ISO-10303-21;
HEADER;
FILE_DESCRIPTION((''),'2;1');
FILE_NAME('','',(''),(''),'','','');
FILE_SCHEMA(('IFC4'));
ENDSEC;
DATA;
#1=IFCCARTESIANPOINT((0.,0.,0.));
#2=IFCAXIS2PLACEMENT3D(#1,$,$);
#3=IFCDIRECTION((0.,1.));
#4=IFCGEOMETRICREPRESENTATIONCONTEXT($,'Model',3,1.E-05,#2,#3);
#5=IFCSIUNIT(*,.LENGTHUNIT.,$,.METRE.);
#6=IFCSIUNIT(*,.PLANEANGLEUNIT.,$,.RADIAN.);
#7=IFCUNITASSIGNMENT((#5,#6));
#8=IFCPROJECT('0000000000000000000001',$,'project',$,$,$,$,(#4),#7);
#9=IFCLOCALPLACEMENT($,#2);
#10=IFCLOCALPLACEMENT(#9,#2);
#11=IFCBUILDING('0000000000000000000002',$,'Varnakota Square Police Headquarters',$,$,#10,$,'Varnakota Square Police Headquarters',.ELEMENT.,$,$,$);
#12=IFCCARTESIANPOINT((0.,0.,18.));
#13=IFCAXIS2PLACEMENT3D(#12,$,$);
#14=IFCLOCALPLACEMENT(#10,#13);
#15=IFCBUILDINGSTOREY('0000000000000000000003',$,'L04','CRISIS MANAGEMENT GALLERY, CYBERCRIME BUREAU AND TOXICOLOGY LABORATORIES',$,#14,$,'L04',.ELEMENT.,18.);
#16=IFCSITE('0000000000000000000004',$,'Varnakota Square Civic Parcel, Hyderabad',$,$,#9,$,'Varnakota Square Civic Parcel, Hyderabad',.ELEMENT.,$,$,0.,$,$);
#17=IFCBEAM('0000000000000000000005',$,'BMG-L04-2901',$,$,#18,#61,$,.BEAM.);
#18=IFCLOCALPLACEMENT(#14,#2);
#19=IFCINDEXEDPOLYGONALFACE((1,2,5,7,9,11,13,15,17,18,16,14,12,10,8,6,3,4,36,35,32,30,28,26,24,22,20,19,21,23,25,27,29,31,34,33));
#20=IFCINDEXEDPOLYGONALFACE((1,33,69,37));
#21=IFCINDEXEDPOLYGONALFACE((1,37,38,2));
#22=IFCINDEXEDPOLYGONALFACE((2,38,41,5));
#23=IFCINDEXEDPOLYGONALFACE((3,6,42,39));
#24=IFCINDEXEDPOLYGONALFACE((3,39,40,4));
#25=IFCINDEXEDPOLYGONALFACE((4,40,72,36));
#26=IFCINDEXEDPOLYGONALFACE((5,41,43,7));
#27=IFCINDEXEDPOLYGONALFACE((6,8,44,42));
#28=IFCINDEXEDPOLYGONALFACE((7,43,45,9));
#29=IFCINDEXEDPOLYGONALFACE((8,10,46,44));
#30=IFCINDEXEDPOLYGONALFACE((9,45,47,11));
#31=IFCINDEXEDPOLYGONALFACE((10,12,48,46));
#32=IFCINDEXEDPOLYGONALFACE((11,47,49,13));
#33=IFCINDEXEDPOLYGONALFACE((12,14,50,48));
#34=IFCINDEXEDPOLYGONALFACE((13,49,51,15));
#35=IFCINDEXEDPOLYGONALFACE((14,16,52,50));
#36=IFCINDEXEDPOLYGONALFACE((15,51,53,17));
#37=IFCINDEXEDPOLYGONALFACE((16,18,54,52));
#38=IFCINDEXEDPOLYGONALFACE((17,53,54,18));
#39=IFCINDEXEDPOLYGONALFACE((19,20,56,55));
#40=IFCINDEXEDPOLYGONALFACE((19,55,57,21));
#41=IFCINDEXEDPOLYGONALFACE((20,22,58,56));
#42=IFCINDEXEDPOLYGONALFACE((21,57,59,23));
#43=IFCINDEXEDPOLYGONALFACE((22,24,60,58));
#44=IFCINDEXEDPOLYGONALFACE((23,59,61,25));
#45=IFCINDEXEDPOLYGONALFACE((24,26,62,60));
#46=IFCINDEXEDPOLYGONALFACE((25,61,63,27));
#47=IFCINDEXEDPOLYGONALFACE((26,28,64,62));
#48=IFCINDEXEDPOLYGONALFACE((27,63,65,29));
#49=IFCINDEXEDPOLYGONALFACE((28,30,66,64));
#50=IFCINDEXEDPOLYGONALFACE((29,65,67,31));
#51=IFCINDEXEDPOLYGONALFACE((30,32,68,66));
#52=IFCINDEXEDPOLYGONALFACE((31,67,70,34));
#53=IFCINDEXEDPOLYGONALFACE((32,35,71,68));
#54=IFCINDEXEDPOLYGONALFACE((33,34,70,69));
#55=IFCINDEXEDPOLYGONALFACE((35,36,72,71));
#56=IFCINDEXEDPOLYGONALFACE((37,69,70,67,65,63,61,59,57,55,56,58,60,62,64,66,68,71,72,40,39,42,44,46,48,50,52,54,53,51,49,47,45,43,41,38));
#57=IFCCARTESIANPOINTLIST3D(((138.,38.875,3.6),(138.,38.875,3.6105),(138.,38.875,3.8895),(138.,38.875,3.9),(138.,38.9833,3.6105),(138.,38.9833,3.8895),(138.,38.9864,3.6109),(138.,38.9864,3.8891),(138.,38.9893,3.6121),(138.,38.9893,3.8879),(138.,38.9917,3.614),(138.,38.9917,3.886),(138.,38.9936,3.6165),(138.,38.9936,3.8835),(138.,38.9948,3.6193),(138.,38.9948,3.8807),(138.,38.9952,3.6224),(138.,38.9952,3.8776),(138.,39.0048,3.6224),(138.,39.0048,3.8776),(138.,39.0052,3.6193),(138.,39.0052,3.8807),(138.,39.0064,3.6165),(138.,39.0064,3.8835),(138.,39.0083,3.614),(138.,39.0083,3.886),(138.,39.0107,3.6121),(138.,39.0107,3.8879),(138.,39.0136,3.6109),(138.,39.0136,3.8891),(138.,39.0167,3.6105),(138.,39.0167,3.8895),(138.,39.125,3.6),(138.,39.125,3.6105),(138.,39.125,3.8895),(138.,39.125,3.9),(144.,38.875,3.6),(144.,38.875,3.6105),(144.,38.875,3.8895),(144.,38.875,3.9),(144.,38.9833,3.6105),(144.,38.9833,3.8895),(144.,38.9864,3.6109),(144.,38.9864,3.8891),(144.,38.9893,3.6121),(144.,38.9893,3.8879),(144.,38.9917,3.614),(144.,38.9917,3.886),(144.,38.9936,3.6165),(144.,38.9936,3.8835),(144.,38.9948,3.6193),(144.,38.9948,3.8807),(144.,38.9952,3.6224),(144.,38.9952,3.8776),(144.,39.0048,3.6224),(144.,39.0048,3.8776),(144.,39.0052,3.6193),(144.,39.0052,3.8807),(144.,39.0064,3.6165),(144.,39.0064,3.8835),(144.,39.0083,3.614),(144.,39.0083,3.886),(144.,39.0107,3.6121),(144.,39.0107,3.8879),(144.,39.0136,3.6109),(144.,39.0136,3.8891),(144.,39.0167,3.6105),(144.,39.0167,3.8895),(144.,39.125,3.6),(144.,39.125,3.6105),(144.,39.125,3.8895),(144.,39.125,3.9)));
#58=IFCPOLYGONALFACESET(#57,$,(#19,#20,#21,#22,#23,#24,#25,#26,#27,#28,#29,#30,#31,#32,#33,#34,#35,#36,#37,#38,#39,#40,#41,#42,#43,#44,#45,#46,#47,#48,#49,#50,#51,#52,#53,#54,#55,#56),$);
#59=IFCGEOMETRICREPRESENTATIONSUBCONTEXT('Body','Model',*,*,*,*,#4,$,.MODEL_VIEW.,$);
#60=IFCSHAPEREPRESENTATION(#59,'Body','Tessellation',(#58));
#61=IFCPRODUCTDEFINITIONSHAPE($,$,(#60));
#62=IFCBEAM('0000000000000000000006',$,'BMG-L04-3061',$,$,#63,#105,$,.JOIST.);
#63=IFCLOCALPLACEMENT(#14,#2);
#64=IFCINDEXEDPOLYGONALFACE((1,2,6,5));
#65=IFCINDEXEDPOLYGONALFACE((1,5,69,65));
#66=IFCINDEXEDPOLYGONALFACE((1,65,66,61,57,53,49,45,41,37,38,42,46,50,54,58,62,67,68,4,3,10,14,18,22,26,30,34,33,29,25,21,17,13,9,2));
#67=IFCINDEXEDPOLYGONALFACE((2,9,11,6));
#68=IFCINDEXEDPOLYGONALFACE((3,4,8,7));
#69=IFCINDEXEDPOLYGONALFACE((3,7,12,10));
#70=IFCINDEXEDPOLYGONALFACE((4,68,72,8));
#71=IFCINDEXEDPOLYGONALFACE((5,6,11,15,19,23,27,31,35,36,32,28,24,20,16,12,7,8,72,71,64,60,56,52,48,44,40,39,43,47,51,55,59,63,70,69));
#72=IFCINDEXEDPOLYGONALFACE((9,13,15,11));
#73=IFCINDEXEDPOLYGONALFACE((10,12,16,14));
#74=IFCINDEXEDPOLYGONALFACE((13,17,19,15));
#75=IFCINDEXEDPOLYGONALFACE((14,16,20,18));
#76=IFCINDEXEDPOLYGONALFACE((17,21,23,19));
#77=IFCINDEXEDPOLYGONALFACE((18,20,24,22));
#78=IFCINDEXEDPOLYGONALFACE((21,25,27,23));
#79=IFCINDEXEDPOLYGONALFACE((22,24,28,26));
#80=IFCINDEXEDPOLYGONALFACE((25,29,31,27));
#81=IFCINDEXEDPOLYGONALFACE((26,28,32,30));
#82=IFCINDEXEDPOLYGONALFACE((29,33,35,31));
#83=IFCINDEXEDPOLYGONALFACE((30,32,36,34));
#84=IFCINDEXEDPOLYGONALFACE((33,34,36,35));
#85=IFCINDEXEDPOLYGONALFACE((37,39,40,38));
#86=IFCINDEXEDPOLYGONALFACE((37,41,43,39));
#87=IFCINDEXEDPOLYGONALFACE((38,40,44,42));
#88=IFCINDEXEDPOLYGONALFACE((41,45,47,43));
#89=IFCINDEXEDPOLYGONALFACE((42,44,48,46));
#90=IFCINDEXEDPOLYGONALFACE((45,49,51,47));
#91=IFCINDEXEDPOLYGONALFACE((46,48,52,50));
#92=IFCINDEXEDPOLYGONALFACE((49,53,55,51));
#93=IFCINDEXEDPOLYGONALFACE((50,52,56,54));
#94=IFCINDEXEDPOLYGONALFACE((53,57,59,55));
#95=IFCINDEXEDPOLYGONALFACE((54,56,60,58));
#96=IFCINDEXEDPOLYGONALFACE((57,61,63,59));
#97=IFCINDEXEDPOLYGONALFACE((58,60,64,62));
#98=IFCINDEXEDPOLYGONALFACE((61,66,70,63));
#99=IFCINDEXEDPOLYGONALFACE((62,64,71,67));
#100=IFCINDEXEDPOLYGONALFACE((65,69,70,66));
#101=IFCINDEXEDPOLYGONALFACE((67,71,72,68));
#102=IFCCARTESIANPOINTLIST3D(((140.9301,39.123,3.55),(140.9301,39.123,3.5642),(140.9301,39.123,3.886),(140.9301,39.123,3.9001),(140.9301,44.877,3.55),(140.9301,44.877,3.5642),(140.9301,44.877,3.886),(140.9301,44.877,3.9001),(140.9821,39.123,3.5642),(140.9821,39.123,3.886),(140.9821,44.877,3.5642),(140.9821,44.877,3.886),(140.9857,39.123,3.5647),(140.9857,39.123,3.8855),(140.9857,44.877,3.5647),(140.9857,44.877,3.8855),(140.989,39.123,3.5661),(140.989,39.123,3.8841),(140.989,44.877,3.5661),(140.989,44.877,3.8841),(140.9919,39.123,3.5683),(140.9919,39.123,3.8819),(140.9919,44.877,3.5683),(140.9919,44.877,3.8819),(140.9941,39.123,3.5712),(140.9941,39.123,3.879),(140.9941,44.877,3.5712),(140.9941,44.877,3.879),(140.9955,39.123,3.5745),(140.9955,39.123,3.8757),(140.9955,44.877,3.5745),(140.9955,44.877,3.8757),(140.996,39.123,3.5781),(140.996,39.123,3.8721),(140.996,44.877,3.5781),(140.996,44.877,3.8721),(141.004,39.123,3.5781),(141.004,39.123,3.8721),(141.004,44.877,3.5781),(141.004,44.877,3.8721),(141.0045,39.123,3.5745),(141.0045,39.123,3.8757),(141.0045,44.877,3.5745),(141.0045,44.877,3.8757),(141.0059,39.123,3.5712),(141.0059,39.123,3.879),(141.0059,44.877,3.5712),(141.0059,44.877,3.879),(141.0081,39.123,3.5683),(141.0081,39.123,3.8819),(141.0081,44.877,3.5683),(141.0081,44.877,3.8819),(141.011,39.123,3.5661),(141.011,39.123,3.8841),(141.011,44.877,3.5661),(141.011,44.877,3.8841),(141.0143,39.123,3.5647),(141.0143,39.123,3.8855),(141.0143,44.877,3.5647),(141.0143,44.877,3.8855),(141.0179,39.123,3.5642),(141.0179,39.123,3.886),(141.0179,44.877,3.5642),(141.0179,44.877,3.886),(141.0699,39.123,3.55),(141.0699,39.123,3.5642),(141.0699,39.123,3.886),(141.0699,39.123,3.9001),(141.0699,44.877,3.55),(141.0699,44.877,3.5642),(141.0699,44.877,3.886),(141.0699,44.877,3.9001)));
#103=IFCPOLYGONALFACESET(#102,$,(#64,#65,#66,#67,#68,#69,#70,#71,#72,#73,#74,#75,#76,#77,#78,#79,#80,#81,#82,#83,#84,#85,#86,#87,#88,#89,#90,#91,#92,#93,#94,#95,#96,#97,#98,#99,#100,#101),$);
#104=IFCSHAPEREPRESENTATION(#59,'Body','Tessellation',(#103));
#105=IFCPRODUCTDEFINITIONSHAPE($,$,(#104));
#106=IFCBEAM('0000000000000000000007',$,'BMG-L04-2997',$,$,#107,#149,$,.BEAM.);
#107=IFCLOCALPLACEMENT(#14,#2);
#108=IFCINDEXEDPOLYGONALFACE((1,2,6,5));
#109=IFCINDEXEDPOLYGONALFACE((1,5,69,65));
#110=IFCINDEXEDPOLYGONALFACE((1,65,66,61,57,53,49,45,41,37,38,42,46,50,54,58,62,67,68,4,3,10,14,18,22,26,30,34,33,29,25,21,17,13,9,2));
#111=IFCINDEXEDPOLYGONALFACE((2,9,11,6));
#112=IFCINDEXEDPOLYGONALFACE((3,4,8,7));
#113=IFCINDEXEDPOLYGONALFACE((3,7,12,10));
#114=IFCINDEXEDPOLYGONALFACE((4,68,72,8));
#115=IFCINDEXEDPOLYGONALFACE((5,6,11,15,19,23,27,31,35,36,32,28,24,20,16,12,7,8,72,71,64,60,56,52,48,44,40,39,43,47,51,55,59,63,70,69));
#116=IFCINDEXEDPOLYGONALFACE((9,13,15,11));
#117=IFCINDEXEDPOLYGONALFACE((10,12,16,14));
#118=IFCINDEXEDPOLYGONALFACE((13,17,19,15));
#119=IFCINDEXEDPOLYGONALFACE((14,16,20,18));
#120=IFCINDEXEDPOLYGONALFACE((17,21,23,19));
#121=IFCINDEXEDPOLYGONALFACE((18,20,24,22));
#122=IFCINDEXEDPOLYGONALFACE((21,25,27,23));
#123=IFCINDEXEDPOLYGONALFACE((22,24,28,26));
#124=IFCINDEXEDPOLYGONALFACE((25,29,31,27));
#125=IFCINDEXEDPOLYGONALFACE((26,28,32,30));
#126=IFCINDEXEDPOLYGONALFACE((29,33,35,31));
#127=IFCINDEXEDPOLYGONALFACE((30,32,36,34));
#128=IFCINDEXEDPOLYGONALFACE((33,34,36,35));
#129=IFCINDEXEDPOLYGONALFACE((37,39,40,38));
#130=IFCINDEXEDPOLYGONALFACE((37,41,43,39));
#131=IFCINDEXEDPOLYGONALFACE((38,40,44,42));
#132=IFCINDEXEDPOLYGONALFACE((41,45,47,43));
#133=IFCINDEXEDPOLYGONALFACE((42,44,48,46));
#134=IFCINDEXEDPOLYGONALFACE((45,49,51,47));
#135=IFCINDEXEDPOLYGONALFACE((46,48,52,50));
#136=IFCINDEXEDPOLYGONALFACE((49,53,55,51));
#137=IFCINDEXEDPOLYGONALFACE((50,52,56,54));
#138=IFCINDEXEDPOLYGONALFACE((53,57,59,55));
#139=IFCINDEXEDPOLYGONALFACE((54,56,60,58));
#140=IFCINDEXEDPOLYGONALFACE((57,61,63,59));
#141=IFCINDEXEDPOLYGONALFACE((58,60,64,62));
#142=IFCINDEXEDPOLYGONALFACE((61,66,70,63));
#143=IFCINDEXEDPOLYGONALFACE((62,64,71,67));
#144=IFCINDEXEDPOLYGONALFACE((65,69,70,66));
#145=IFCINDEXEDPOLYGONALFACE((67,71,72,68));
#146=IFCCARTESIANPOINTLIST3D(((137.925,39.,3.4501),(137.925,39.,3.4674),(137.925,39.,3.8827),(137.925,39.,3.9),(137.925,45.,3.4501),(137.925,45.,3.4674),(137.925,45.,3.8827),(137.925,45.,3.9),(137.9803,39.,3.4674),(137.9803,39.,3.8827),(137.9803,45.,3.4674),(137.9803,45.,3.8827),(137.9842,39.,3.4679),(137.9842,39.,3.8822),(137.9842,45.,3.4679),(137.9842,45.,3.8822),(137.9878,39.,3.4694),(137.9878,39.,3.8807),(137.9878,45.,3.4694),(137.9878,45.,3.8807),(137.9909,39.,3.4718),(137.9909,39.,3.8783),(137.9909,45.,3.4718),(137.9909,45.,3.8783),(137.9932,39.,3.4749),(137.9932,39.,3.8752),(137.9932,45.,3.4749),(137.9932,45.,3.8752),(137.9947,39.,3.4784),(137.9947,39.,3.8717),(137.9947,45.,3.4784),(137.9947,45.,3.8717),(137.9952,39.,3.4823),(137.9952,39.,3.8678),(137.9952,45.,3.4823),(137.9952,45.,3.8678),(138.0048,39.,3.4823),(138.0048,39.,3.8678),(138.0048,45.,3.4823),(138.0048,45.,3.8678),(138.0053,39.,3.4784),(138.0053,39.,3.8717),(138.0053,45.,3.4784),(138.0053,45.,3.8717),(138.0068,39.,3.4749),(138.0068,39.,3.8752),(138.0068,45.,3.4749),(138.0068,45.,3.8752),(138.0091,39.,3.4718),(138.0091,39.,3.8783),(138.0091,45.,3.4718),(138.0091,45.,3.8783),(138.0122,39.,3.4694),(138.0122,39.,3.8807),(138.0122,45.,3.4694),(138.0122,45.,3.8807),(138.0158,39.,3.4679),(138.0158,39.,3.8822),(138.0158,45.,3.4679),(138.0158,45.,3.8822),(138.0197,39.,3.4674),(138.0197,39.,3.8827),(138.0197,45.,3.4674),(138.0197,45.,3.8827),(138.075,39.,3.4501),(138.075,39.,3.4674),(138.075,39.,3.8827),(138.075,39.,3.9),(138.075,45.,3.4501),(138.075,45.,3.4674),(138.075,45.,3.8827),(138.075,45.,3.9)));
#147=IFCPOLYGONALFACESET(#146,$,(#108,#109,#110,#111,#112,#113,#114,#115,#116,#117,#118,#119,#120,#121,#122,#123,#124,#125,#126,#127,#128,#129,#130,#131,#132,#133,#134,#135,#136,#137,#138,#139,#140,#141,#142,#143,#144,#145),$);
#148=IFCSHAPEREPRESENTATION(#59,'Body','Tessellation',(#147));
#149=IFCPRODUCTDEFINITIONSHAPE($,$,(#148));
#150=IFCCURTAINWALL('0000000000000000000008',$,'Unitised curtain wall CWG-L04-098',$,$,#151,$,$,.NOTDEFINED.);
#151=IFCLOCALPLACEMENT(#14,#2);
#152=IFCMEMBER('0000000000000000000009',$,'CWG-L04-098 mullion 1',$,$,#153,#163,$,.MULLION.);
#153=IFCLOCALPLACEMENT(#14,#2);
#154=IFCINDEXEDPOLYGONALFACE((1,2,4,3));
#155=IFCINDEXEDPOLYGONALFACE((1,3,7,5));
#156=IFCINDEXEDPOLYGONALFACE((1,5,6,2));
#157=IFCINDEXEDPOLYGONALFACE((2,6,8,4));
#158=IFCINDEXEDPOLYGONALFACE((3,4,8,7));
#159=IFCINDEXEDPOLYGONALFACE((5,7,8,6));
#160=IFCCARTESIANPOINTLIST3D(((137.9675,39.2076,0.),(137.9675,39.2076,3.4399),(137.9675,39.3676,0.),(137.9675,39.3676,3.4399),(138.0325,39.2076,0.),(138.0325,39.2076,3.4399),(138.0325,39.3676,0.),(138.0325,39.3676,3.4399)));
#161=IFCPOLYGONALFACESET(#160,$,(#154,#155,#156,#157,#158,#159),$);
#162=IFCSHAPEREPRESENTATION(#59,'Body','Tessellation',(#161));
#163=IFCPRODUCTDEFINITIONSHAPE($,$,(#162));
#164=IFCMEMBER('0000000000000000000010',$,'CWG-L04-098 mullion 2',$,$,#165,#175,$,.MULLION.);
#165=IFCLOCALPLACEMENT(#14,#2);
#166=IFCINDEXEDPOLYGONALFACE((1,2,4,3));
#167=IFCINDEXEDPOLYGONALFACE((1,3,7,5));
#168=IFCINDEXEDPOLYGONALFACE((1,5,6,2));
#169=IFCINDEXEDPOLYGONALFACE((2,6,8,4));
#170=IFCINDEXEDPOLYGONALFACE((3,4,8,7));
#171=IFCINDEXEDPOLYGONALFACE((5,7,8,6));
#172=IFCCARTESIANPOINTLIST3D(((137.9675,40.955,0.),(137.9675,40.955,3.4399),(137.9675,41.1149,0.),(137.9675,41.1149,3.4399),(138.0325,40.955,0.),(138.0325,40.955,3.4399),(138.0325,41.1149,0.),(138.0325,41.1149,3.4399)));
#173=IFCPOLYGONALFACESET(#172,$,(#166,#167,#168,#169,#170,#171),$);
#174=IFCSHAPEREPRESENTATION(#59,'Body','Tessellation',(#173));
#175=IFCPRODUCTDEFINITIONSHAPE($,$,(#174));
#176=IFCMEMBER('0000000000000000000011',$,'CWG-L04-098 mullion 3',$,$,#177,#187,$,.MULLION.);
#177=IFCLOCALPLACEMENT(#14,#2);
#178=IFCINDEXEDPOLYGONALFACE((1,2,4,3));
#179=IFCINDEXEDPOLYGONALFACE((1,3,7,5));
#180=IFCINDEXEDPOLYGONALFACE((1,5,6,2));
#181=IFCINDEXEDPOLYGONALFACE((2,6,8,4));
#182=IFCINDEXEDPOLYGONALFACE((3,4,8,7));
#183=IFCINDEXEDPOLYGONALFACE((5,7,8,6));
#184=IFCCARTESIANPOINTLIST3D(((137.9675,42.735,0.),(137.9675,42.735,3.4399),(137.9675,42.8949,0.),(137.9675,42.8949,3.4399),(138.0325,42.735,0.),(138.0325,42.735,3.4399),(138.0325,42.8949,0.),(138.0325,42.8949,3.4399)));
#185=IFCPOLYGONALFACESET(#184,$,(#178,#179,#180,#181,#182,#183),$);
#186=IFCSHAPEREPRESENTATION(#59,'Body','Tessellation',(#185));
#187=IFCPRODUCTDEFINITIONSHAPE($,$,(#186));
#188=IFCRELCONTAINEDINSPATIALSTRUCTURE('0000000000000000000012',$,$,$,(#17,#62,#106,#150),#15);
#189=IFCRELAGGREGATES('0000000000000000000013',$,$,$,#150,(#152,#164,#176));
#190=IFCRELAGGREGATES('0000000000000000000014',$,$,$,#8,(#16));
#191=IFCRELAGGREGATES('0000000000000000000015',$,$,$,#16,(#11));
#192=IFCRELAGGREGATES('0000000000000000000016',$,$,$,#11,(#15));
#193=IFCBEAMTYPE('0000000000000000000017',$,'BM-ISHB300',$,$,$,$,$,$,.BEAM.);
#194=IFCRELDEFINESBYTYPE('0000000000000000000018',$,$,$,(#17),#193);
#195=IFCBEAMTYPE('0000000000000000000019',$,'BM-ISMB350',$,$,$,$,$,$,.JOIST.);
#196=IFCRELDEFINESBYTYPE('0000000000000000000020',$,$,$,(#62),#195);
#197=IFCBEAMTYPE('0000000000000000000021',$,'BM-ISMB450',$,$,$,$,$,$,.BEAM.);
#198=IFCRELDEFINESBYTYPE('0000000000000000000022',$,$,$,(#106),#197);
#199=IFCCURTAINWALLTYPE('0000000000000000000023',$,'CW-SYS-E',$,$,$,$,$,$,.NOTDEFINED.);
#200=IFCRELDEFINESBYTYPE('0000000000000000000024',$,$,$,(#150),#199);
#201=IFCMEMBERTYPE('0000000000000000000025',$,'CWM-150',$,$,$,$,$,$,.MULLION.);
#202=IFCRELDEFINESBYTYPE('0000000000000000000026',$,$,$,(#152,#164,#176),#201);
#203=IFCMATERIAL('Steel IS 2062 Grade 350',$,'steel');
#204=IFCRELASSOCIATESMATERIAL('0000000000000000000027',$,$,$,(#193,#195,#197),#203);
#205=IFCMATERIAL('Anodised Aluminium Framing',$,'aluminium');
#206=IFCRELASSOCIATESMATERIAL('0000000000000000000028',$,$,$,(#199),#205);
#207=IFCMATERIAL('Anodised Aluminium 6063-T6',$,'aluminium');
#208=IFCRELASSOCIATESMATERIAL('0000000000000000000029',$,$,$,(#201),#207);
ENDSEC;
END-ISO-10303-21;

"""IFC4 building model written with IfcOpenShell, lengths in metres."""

from ifc_helpers import new_model, si_unit, direction, frame, origin, origin_2d, place, context, subcontext, project, spatial, rectangle, i_section, extrude, material, material_profile, profile_set, type_object, element, aggregate, save


model = new_model("IFC4")

# Units and contexts
model_context = context("Model", 3, precision=1e-05, world=origin(), true_north=direction((0.0, 1.0)))
body_context = subcontext(model_context, "Body", "Model", "MODEL_VIEW")
ifc_project = project(units=[si_unit("LENGTHUNIT", "METRE"), si_unit("PLANEANGLEUNIT", "RADIAN")], contexts=[model_context])

# Site, building, storey
site_placement = place(None, origin())
site = spatial("IfcSite", under=ifc_project, at=site_placement, Name="Varnakota Square Civic Parcel, Hyderabad", LongName="Varnakota Square Civic Parcel, Hyderabad", CompositionType="ELEMENT", RefElevation=0.0)
building_placement = place(site_placement, origin())
building = spatial("IfcBuilding", under=site, at=building_placement, Name="Varnakota Square Police Headquarters", LongName="Varnakota Square Police Headquarters", CompositionType="ELEMENT")
storey_placement = place(building_placement, frame((0.0, 0.0, 18.0)))
storey = spatial("IfcBuildingStorey", under=building, at=storey_placement, Name="L04", Description="CRISIS MANAGEMENT GALLERY, CYBERCRIME BUREAU AND TOXICOLOGY LABORATORIES", LongName="L04", CompositionType="ELEMENT", Elevation=18.0)

# Shared definitions
ifc_material_1 = material(Name="Steel IS 2062 Grade 350", Category="steel")

# Beams
ifc_material_profile_1 = material_profile(ifc_material_1, i_section(OverallWidth=0.25, OverallDepth=0.3, WebThickness=0.0095, FlangeThickness=0.0105, FilletRadius=0.012, at=origin_2d()), Name="ISHB 300")
ifc_profile_set_1 = profile_set([ifc_material_profile_1], Name="Steel IS 2062 Grade 350")
beam_type_1 = type_object("IfcBeamType", Name="BM-ISHB300", PredefinedType="BEAM", material=ifc_profile_set_1)
beam_1_placement = place(storey_placement, frame((138.0, 39.0, 3.75), z_axis=(1.0, 0.0, 0.0), x_axis=(0.0, 1.0, 0.0)))
element("IfcBeam", 1, at=beam_1_placement, inside=storey, type_object=beam_type_1, Name="BMG-L04-2901", PredefinedType="BEAM", context=body_context, shape_type="SweptSolid", body=[
    extrude(i_section(OverallWidth=0.25, OverallDepth=0.3, WebThickness=0.0095, FlangeThickness=0.0105, FilletRadius=0.012, at=origin_2d()), origin(), (0.0, 0.0, 1.0), 6.0),
])
ifc_material_profile_2 = material_profile(ifc_material_1, i_section(OverallWidth=0.1399, OverallDepth=0.3501, WebThickness=0.0081, FlangeThickness=0.0142, FilletRadius=0.0139, at=origin_2d()), Name="ISMB 350")
ifc_profile_set_2 = profile_set([ifc_material_profile_2], Name="Steel IS 2062 Grade 350")
beam_type_2 = type_object("IfcBeamType", Name="BM-ISMB350", PredefinedType="JOIST", material=ifc_profile_set_2)
beam_2_placement = place(storey_placement, frame((141.0, 39.123, 3.7251), z_axis=(0.0, 1.0, 0.0), x_axis=(-1.0, 0.0, 0.0)))
element("IfcBeam", 2, at=beam_2_placement, inside=storey, type_object=beam_type_2, Name="BMG-L04-3061", PredefinedType="JOIST", context=body_context, shape_type="SweptSolid", body=[
    extrude(i_section(OverallWidth=0.1399, OverallDepth=0.3501, WebThickness=0.0081, FlangeThickness=0.0142, FilletRadius=0.0139, at=origin_2d()), origin(), (0.0, 0.0, 1.0), 5.7539),
])
ifc_material_profile_3 = material_profile(ifc_material_1, i_section(OverallWidth=0.1499, OverallDepth=0.45, WebThickness=0.0095, FlangeThickness=0.0173, FilletRadius=0.0149, at=origin_2d()), Name="ISMB 450")
ifc_profile_set_3 = profile_set([ifc_material_profile_3], Name="Steel IS 2062 Grade 350")
beam_type_3 = type_object("IfcBeamType", Name="BM-ISMB450", PredefinedType="BEAM", material=ifc_profile_set_3)
beam_3_placement = place(storey_placement, frame((138.0, 39.0, 3.675), z_axis=(0.0, 1.0, 0.0), x_axis=(-1.0, 0.0, 0.0)))
element("IfcBeam", 3, at=beam_3_placement, inside=storey, type_object=beam_type_3, Name="BMG-L04-2997", PredefinedType="BEAM", context=body_context, shape_type="SweptSolid", body=[
    extrude(i_section(OverallWidth=0.1499, OverallDepth=0.45, WebThickness=0.0095, FlangeThickness=0.0173, FilletRadius=0.0149, at=origin_2d()), origin(), (0.0, 0.0, 1.0), 6.0),
])

# Curtain wall, members
ifc_material_2 = material(Name="Anodised Aluminium Framing", Category="aluminium")
curtain_wall_type = type_object("IfcCurtainWallType", Name="CW-SYS-E", PredefinedType="NOTDEFINED", material=ifc_material_2)
curtain_wall_placement = place(storey_placement, origin())
curtain_wall = element("IfcCurtainWall", 4, at=curtain_wall_placement, inside=storey, type_object=curtain_wall_type, Name="Unitised curtain wall CWG-L04-098", PredefinedType="NOTDEFINED")
ifc_material_3 = material(Name="Anodised Aluminium 6063-T6", Category="aluminium")
ifc_material_profile_4 = material_profile(ifc_material_3, rectangle(XDim=0.0649, YDim=0.1599, at=origin_2d()), Name="ALU MULLION 65x160")
ifc_profile_set_4 = profile_set([ifc_material_profile_4], Name="Anodised Aluminium 6063-T6")
member_type_1 = type_object("IfcMemberType", Name="CWM-150", PredefinedType="MULLION", material=ifc_profile_set_4)
member_1_placement = place(storey_placement, frame((138.0, 39.2876, 0.0), z_axis=(0.0, 0.0, 1.0), x_axis=(-1.0, 0.0, 0.0)))
member_1 = element("IfcMember", 5, at=member_1_placement, type_object=member_type_1, Name="CWG-L04-098 mullion 1", PredefinedType="MULLION", context=body_context, shape_type="SweptSolid", body=[
    extrude(rectangle(XDim=0.0649, YDim=0.1599, at=origin_2d()), origin(), (0.0, 0.0, 1.0), 3.4399),
])
member_2_placement = place(storey_placement, frame((138.0, 41.0349, 0.0), z_axis=(0.0, 0.0, 1.0), x_axis=(-1.0, 0.0, 0.0)))
member_2 = element("IfcMember", 6, at=member_2_placement, type_object=member_type_1, Name="CWG-L04-098 mullion 2", PredefinedType="MULLION", context=body_context, shape_type="SweptSolid", body=[
    extrude(rectangle(XDim=0.0649, YDim=0.1599, at=origin_2d()), origin(), (0.0, 0.0, 1.0), 3.4399),
])
member_3_placement = place(storey_placement, frame((138.0, 42.8149, 0.0), z_axis=(0.0, 0.0, 1.0), x_axis=(-1.0, 0.0, 0.0)))
member_3 = element("IfcMember", 7, at=member_3_placement, type_object=member_type_1, Name="CWG-L04-098 mullion 3", PredefinedType="MULLION", context=body_context, shape_type="SweptSolid", body=[
    extrude(rectangle(XDim=0.0649, YDim=0.1599, at=origin_2d()), origin(), (0.0, 0.0, 1.0), 3.4399),
])
aggregate(curtain_wall, [member_1, member_2, member_3])

save(model, "model.ifc")
